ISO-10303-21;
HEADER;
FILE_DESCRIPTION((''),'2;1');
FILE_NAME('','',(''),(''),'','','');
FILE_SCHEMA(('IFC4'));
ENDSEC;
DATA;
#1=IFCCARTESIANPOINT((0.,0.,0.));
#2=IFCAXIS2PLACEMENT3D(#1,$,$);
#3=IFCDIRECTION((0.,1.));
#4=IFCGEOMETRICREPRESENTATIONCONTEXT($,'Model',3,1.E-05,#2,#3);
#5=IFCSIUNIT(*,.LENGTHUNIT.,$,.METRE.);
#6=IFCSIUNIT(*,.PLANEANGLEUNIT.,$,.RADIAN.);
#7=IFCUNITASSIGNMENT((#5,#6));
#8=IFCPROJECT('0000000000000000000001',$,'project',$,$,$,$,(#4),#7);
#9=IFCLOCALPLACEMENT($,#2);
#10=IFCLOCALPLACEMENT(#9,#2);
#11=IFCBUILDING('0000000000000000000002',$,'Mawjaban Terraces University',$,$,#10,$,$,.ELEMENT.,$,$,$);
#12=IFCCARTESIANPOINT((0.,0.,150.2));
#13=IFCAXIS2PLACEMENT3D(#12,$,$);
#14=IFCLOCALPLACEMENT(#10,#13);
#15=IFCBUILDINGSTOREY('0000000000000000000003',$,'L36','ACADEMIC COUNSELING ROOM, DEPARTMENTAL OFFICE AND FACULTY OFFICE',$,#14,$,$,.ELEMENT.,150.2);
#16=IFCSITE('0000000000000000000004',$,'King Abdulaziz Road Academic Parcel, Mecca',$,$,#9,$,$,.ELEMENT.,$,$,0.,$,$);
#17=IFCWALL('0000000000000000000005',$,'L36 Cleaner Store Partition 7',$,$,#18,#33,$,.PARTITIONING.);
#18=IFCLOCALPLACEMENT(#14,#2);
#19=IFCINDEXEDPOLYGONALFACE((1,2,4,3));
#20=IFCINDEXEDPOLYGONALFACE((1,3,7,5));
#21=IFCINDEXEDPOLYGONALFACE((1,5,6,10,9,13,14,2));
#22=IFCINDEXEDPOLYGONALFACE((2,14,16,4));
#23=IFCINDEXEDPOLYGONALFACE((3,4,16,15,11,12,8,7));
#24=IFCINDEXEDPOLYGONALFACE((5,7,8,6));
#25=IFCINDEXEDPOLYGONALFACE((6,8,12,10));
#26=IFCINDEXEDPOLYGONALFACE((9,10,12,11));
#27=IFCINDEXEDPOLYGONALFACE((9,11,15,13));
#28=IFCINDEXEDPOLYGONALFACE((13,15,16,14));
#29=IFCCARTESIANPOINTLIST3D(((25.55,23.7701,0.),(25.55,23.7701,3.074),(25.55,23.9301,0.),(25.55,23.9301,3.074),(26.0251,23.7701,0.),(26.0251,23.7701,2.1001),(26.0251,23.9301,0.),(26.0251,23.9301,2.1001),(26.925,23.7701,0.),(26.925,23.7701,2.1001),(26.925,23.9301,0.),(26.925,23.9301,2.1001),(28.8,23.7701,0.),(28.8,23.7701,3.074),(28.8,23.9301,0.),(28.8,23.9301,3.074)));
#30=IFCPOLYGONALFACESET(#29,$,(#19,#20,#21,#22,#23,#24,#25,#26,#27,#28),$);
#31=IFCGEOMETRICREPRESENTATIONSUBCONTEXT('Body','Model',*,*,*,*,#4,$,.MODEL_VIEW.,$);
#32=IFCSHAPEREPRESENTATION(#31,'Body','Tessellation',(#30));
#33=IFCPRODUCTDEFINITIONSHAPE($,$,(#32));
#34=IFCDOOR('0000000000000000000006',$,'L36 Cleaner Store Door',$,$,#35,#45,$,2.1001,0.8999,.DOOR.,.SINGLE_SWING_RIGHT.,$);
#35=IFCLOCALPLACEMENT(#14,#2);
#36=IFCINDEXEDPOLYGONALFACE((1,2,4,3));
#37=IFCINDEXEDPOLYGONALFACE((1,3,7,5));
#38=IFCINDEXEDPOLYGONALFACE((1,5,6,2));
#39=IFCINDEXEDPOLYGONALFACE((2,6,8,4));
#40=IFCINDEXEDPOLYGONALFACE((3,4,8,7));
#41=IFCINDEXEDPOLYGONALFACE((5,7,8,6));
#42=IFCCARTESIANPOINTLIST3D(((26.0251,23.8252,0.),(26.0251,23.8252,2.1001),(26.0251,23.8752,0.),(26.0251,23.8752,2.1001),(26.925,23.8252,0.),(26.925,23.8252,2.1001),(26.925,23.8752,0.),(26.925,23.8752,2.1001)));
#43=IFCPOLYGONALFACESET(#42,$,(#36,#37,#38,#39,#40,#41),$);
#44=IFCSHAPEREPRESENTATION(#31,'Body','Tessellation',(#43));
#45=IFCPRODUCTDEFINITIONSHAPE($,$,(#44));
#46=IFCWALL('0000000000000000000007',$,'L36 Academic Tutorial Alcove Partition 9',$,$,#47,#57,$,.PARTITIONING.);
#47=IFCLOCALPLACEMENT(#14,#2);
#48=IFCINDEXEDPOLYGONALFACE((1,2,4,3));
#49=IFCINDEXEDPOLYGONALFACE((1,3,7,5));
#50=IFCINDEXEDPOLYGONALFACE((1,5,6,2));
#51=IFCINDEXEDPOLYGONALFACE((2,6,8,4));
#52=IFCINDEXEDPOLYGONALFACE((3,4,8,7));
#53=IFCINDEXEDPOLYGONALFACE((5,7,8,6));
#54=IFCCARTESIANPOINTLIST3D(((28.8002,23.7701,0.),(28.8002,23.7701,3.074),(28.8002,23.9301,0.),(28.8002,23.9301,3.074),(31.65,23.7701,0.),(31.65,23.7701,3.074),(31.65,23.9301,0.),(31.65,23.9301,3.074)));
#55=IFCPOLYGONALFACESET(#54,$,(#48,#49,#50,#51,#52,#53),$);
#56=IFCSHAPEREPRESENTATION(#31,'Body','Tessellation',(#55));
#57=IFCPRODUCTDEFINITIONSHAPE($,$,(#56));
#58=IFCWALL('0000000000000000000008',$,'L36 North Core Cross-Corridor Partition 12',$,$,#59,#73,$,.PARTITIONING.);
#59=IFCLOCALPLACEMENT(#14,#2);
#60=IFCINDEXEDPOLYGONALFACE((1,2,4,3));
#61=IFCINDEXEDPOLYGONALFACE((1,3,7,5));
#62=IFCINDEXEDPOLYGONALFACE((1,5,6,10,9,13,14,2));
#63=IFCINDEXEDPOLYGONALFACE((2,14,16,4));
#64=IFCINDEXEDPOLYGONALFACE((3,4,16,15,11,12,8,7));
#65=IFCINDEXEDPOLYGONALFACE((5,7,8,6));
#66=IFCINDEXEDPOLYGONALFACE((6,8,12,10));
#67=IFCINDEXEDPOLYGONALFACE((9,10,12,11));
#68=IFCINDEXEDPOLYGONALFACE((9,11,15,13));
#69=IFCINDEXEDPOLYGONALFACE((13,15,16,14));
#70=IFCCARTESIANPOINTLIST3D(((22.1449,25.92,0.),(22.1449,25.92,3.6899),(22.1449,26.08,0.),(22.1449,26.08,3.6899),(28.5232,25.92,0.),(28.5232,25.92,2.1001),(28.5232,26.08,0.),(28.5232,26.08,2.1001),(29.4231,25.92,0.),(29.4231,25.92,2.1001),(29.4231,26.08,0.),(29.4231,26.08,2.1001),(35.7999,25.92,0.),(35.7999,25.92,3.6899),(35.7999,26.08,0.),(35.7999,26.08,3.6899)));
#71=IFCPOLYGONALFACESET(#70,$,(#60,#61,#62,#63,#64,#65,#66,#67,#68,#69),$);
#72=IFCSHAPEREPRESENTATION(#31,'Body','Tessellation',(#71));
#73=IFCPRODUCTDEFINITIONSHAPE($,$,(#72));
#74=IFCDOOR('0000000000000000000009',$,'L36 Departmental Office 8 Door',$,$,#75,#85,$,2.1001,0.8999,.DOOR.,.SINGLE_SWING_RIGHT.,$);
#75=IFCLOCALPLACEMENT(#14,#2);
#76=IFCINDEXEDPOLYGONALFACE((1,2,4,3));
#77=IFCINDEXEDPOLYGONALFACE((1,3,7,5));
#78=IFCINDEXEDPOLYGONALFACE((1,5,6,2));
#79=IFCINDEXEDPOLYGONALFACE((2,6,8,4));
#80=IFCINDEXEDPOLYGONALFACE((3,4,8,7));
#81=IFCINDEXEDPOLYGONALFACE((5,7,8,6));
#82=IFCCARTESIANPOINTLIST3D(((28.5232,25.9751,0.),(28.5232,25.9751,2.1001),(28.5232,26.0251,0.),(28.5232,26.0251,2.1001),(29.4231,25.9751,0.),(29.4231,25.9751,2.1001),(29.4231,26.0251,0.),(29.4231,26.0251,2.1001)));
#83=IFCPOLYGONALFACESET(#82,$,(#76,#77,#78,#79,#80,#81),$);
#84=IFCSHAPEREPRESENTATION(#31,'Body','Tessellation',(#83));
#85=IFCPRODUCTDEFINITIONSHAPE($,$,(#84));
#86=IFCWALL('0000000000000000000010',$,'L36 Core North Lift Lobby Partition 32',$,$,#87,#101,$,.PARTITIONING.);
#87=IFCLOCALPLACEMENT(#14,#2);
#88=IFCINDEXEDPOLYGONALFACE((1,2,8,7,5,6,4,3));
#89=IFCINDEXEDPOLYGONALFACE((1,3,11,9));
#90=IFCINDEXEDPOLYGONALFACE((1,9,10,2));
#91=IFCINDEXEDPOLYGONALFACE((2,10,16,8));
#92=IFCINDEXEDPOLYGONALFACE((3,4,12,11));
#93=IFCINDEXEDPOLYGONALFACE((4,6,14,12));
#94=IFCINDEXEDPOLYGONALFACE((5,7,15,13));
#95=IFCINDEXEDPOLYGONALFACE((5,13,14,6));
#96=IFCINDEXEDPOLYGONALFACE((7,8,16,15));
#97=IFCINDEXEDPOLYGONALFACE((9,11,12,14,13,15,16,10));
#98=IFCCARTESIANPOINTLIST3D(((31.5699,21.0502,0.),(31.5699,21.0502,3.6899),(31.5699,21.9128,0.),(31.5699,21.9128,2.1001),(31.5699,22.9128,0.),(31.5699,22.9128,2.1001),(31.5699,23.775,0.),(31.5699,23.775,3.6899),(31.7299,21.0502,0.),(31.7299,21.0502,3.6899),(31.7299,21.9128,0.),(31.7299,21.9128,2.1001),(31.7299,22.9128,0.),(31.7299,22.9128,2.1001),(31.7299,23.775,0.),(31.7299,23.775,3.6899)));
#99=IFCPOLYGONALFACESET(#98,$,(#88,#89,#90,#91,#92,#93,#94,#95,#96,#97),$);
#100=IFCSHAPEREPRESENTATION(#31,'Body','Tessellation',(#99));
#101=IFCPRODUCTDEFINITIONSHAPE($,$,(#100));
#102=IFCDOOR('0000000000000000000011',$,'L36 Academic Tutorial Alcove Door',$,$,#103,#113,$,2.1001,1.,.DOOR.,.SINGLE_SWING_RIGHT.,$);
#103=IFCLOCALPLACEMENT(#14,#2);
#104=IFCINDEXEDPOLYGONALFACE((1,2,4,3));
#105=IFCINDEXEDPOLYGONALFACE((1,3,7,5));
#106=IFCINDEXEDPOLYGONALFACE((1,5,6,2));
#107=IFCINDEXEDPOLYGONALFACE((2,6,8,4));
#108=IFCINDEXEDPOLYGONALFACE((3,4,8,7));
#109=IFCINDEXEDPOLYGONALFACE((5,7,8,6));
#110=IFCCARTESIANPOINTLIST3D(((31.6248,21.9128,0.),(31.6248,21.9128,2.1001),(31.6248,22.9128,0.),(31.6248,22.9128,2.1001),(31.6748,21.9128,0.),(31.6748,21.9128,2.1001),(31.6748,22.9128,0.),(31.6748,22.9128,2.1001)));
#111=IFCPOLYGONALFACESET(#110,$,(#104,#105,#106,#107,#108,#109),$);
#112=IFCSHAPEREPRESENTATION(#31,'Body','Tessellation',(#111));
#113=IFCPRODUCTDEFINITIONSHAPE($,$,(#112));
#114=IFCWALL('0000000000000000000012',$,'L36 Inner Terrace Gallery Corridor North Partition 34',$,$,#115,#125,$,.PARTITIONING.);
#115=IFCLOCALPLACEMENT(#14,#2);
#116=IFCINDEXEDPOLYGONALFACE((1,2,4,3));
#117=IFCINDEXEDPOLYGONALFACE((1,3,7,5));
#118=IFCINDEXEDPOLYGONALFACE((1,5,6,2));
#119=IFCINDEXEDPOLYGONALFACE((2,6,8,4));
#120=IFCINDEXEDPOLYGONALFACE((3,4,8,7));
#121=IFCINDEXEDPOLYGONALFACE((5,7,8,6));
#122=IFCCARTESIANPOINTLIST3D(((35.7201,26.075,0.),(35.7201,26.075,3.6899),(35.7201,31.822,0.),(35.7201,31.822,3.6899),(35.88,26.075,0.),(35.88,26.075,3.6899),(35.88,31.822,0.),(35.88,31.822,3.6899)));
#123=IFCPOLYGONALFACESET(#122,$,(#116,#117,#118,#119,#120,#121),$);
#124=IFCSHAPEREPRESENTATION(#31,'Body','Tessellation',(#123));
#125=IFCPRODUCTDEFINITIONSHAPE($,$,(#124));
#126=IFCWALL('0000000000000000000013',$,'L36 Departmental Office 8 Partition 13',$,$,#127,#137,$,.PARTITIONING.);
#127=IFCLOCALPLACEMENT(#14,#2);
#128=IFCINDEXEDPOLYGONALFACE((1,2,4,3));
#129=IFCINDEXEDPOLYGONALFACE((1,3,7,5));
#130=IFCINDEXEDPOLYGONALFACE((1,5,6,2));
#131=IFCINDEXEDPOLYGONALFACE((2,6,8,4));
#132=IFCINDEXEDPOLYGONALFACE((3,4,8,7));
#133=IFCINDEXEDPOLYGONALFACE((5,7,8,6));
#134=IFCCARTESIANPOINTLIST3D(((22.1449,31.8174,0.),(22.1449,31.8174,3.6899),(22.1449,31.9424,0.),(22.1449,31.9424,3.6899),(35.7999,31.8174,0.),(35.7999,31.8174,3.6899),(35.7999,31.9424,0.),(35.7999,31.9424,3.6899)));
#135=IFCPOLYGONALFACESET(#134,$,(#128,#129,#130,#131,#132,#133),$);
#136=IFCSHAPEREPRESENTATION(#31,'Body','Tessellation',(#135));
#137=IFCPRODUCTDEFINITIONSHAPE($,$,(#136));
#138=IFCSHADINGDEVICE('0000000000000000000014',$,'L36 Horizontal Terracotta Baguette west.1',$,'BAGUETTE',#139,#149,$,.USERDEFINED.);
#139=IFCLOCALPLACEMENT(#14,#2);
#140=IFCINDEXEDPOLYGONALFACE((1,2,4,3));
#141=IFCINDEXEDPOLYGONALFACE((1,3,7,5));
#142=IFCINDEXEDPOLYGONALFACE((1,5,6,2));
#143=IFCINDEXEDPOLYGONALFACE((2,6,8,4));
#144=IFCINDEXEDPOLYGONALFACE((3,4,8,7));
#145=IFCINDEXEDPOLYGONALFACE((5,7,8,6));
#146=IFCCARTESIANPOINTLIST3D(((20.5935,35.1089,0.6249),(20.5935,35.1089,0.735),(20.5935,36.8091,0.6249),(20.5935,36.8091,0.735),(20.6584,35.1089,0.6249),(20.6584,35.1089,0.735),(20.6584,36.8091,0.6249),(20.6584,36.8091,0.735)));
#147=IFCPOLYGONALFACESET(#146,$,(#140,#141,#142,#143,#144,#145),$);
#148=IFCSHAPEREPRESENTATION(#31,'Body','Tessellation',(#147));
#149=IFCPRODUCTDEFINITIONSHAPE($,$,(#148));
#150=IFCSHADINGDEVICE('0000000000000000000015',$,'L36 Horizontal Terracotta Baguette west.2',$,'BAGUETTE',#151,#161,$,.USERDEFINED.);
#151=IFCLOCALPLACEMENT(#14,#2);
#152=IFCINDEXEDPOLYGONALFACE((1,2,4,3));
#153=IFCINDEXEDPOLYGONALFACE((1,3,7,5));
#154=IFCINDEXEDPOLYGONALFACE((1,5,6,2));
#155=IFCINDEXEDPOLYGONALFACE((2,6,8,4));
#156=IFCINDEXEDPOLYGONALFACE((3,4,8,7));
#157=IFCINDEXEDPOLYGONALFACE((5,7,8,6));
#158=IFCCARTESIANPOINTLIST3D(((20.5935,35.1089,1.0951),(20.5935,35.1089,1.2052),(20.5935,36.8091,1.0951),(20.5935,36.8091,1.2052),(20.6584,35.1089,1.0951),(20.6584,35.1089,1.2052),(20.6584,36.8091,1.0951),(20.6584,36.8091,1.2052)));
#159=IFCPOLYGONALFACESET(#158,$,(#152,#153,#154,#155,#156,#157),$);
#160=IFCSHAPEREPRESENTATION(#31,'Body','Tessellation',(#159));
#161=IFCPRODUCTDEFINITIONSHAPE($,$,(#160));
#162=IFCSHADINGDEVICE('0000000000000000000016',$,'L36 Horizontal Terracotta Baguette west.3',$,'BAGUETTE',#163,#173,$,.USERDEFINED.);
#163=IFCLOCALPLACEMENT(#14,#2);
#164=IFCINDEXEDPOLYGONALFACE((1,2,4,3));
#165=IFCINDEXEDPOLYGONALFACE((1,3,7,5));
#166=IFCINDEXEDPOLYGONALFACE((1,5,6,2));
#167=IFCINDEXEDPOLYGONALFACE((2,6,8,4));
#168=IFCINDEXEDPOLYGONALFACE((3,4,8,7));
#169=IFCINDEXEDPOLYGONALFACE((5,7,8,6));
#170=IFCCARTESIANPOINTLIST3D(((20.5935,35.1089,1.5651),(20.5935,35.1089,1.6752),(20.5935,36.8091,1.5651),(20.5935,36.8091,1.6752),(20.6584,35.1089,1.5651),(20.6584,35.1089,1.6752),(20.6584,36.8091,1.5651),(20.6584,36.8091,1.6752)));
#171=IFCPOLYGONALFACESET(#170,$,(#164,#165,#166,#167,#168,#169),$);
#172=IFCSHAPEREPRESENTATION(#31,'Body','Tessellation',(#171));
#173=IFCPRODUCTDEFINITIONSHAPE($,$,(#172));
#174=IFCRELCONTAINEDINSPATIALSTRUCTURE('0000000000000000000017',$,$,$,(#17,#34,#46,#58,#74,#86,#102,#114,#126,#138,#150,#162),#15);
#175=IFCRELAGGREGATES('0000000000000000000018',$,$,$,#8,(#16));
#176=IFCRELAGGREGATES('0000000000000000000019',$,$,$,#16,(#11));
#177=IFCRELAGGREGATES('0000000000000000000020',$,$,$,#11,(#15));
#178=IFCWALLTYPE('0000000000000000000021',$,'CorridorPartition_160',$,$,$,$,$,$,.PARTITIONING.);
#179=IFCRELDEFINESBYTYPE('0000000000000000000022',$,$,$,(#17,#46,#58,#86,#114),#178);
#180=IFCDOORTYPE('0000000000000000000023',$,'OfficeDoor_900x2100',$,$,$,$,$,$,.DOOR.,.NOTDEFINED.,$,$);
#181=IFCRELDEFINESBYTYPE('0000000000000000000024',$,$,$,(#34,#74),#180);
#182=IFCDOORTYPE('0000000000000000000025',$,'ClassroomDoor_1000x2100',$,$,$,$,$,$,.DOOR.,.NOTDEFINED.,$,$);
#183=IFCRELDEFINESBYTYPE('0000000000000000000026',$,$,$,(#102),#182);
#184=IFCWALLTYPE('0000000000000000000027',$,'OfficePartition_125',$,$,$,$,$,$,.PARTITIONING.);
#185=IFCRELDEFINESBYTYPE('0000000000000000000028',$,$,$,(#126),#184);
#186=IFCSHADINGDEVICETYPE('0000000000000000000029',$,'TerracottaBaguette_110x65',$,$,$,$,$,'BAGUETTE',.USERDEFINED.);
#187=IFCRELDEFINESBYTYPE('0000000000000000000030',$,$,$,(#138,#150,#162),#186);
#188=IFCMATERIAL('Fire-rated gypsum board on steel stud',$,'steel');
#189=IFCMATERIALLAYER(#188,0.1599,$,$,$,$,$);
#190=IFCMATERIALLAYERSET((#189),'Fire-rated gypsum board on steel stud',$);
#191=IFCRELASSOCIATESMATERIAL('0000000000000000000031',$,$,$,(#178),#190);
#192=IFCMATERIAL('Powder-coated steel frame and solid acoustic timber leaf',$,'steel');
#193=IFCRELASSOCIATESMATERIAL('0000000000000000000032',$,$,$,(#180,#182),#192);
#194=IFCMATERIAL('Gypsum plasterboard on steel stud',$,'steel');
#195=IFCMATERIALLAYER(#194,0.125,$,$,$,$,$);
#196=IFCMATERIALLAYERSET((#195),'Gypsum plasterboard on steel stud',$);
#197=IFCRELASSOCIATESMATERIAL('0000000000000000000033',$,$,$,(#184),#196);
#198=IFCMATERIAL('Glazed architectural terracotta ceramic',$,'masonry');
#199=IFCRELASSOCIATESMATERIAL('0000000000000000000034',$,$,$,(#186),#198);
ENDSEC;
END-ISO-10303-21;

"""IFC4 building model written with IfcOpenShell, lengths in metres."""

from ifc_helpers import new_model, si_unit, direction, frame, frame_2d, origin, origin_2d, place, context, subcontext, project, spatial, rectangle, extrude, material, layer, layer_set, material_profile, profile_set, type_object, element, fill, save


model = new_model("IFC4")

# Units and contexts
model_context = context("Model", 3, precision=1e-05, world=origin(), true_north=direction((0.0, 1.0)))
body_context = subcontext(model_context, "Body", "Model", "MODEL_VIEW")
ifc_project = project(units=[si_unit("LENGTHUNIT", "METRE"), si_unit("PLANEANGLEUNIT", "RADIAN")], contexts=[model_context])

# Site, building, storey
site_placement = place(None, origin())
site = spatial("IfcSite", under=ifc_project, at=site_placement, Name="King Abdulaziz Road Academic Parcel, Mecca", CompositionType="ELEMENT", RefElevation=0.0)
building_placement = place(site_placement, origin())
building = spatial("IfcBuilding", under=site, at=building_placement, Name="Mawjaban Terraces University", CompositionType="ELEMENT")
storey_placement = place(building_placement, frame((0.0, 0.0, 150.2)))
storey = spatial("IfcBuildingStorey", under=building, at=storey_placement, Name="L36", Description="ACADEMIC COUNSELING ROOM, DEPARTMENTAL OFFICE AND FACULTY OFFICE", CompositionType="ELEMENT", Elevation=150.2)

# Wall, opening, door
ifc_material_1 = material(Name="Fire-rated gypsum board on steel stud", Category="steel")
ifc_layer_1 = layer(ifc_material_1, 0.1599)
ifc_layer_set_1 = layer_set([ifc_layer_1], Name="Fire-rated gypsum board on steel stud")
wall_type_1 = type_object("IfcWallType", Name="CorridorPartition_160", PredefinedType="PARTITIONING", material=ifc_layer_set_1)
ifc_material_2 = material(Name="Powder-coated steel frame and solid acoustic timber leaf", Category="steel")
wall_1_placement = place(storey_placement, frame((28.8, 23.8501, 0.0), z_axis=(0.0, 0.0, 1.0), x_axis=(-1.0, 0.0, 0.0)))
wall_1 = element("IfcWall", 1, at=wall_1_placement, inside=storey, type_object=wall_type_1, Name="L36 Cleaner Store Partition 7", PredefinedType="PARTITIONING", context=body_context, shape_type="SweptSolid", body=[
    extrude(rectangle(XDim=3.25, YDim=0.1599, at=frame_2d((1.625, 0.0))), origin(), (0.0, 0.0, 1.0), 3.074),
])
opening_1_placement = place(wall_1_placement, frame((1.875, 0.0, 0.0)))
opening_1 = element("IfcOpeningElement", 2, at=opening_1_placement, cuts=wall_1, PredefinedType="OPENING", context=body_context, shape_type="SweptSolid", body=[
    extrude(rectangle(XDim=0.8999, YDim=2.1001, at=frame_2d((0.45, 1.05))), frame((0.0, 0.0898, 0.0), z_axis=(0.0, -1.0, 0.0), x_axis=(1.0, 0.0, 0.0)), (0.0, 0.0, 1.0), 0.1799),
])
door_type_1 = type_object("IfcDoorType", Name="OfficeDoor_900x2100", OperationType="NOTDEFINED", PredefinedType="DOOR", material=ifc_material_2)
door_1_placement = place(opening_1_placement, origin())
door_1 = element("IfcDoor", 3, at=door_1_placement, inside=storey, type_object=door_type_1, Name="L36 Cleaner Store Door", OperationType="SINGLE_SWING_RIGHT", OverallHeight=2.1001, OverallWidth=0.8999, PredefinedType="DOOR", context=body_context, shape_type="SweptSolid", body=[
    extrude(rectangle(XDim=0.8999, YDim=2.1001, at=frame_2d((0.45, 1.05))), frame((0.0, 0.0249, 0.0), z_axis=(0.0, -1.0, 0.0), x_axis=(1.0, 0.0, 0.0)), (0.0, 0.0, 1.0), 0.05),
])
fill(opening_1, door_1)

# Wall
wall_2_placement = place(storey_placement, frame((31.6499, 23.8501, 0.0), z_axis=(0.0, 0.0, 1.0), x_axis=(-1.0, 0.0, 0.0)))
element("IfcWall", 4, at=wall_2_placement, inside=storey, type_object=wall_type_1, Name="L36 Academic Tutorial Alcove Partition 9", PredefinedType="PARTITIONING", context=body_context, shape_type="SweptSolid", body=[
    extrude(rectangle(XDim=2.8499, YDim=0.1599, at=frame_2d((1.4248, 0.0))), origin(), (0.0, 0.0, 1.0), 3.074),
])

# Walls, openings, doors
wall_3_placement = place(storey_placement, frame((35.8, 26.0, 0.0), z_axis=(0.0, 0.0, 1.0), x_axis=(-1.0, 0.0, 0.0)))
wall_3 = element("IfcWall", 5, at=wall_3_placement, inside=storey, type_object=wall_type_1, Name="L36 North Core Cross-Corridor Partition 12", PredefinedType="PARTITIONING", context=body_context, shape_type="SweptSolid", body=[
    extrude(rectangle(XDim=13.655, YDim=0.1599, at=frame_2d((6.8276, 0.0))), origin(), (0.0, 0.0, 1.0), 3.6899),
])
opening_2_placement = place(wall_3_placement, frame((6.377, 0.0, 0.0)))
opening_2 = element("IfcOpeningElement", 6, at=opening_2_placement, cuts=wall_3, PredefinedType="OPENING", context=body_context, shape_type="SweptSolid", body=[
    extrude(rectangle(XDim=0.8999, YDim=2.1001, at=frame_2d((0.45, 1.05))), frame((0.0, 0.0898, 0.0), z_axis=(0.0, -1.0, 0.0), x_axis=(1.0, 0.0, 0.0)), (0.0, 0.0, 1.0), 0.1799),
])
door_2_placement = place(opening_2_placement, origin())
door_2 = element("IfcDoor", 7, at=door_2_placement, inside=storey, type_object=door_type_1, Name="L36 Departmental Office 8 Door", OperationType="SINGLE_SWING_RIGHT", OverallHeight=2.1001, OverallWidth=0.8999, PredefinedType="DOOR", context=body_context, shape_type="SweptSolid", body=[
    extrude(rectangle(XDim=0.8999, YDim=2.1001, at=frame_2d((0.45, 1.05))), frame((0.0, 0.0249, 0.0), z_axis=(0.0, -1.0, 0.0), x_axis=(1.0, 0.0, 0.0)), (0.0, 0.0, 1.0), 0.05),
])
fill(opening_2, door_2)
wall_4_placement = place(storey_placement, frame((31.6499, 23.7749, 0.0), z_axis=(0.0, 0.0, 1.0), x_axis=(0.0, -1.0, 0.0)))
wall_4 = element("IfcWall", 8, at=wall_4_placement, inside=storey, type_object=wall_type_1, Name="L36 Core North Lift Lobby Partition 32", PredefinedType="PARTITIONING", context=body_context, shape_type="SweptSolid", body=[
    extrude(rectangle(XDim=2.7249, YDim=0.1599, at=frame_2d((1.3623, 0.0))), origin(), (0.0, 0.0, 1.0), 3.6899),
])
opening_3_placement = place(wall_4_placement, frame((0.8621, 0.0, 0.0)))
opening_3 = element("IfcOpeningElement", 9, at=opening_3_placement, cuts=wall_4, PredefinedType="OPENING", context=body_context, shape_type="SweptSolid", body=[
    extrude(rectangle(XDim=1.0, YDim=2.1001, at=frame_2d((0.5, 1.05))), frame((0.0, 0.0898, 0.0), z_axis=(0.0, -1.0, 0.0), x_axis=(1.0, 0.0, 0.0)), (0.0, 0.0, 1.0), 0.1799),
])
door_type_2 = type_object("IfcDoorType", Name="ClassroomDoor_1000x2100", OperationType="NOTDEFINED", PredefinedType="DOOR", material=ifc_material_2)
door_3_placement = place(opening_3_placement, origin())
door_3 = element("IfcDoor", 10, at=door_3_placement, inside=storey, type_object=door_type_2, Name="L36 Academic Tutorial Alcove Door", OperationType="SINGLE_SWING_RIGHT", OverallHeight=2.1001, OverallWidth=1.0, PredefinedType="DOOR", context=body_context, shape_type="SweptSolid", body=[
    extrude(rectangle(XDim=1.0, YDim=2.1001, at=frame_2d((0.5, 1.05))), frame((0.0, 0.0249, 0.0), z_axis=(0.0, -1.0, 0.0), x_axis=(1.0, 0.0, 0.0)), (0.0, 0.0, 1.0), 0.05),
])
fill(opening_3, door_3)

# Walls
wall_5_placement = place(storey_placement, frame((35.8, 31.822, 0.0), z_axis=(0.0, 0.0, 1.0), x_axis=(0.0, -1.0, 0.0)))
element("IfcWall", 11, at=wall_5_placement, inside=storey, type_object=wall_type_1, Name="L36 Inner Terrace Gallery Corridor North Partition 34", PredefinedType="PARTITIONING", context=body_context, shape_type="SweptSolid", body=[
    extrude(rectangle(XDim=5.7471, YDim=0.1599, at=frame_2d((2.8735, 0.0))), origin(), (0.0, 0.0, 1.0), 3.6899),
])
ifc_material_3 = material(Name="Gypsum plasterboard on steel stud", Category="steel")
ifc_layer_2 = layer(ifc_material_3, 0.125)
ifc_layer_set_2 = layer_set([ifc_layer_2], Name="Gypsum plasterboard on steel stud")
wall_type_2 = type_object("IfcWallType", Name="OfficePartition_125", PredefinedType="PARTITIONING", material=ifc_layer_set_2)
wall_6_placement = place(storey_placement, frame((35.8, 31.8799, 0.0), z_axis=(0.0, 0.0, 1.0), x_axis=(-1.0, 0.0, 0.0)))
element("IfcWall", 12, at=wall_6_placement, inside=storey, type_object=wall_type_2, Name="L36 Departmental Office 8 Partition 13", PredefinedType="PARTITIONING", context=body_context, shape_type="SweptSolid", body=[
    extrude(rectangle(XDim=13.655, YDim=0.125, at=frame_2d((6.8276, 0.0))), origin(), (0.0, 0.0, 1.0), 3.6899),
])

# Shading devices
ifc_material_4 = material(Name="Glazed architectural terracotta ceramic", Category="masonry")
ifc_material_profile_1 = material_profile(ifc_material_4, rectangle(XDim=0.0649, YDim=0.1101, at=origin_2d()), Name="TBAG110X65")
ifc_profile_set_1 = profile_set([ifc_material_profile_1], Name="Glazed architectural terracotta ceramic")
shading_device_type = type_object("IfcShadingDeviceType", Name="TerracottaBaguette_110x65", ElementType="BAGUETTE", PredefinedType="USERDEFINED", material=ifc_profile_set_1)
for number, where, z_axis, x_axis, name in (
    (13, (20.626, 35.1089, 0.6799), (0.0, 1.0, 0.0), (-1.0, 0.0, 0.0), "L36 Horizontal Terracotta Baguette west.1"),
    (14, (20.626, 35.1089, 1.1501), (0.0, 1.0, 0.0), (-1.0, 0.0, 0.0), "L36 Horizontal Terracotta Baguette west.2"),
    (15, (20.626, 35.1089, 1.6201), (0.0, 1.0, 0.0), (-1.0, 0.0, 0.0), "L36 Horizontal Terracotta Baguette west.3"),
):
    element("IfcShadingDevice", number, at=place(storey_placement, frame(where, z_axis=z_axis, x_axis=x_axis)), inside=storey, type_object=shading_device_type, Name=name, ObjectType="BAGUETTE", PredefinedType="USERDEFINED", context=body_context, shape_type="SweptSolid", body=[
        extrude(rectangle(XDim=0.0649, YDim=0.1101, at=origin_2d()), origin(), (0.0, 0.0, 1.0), 1.7002),
    ])

save(model, "model.ifc")
